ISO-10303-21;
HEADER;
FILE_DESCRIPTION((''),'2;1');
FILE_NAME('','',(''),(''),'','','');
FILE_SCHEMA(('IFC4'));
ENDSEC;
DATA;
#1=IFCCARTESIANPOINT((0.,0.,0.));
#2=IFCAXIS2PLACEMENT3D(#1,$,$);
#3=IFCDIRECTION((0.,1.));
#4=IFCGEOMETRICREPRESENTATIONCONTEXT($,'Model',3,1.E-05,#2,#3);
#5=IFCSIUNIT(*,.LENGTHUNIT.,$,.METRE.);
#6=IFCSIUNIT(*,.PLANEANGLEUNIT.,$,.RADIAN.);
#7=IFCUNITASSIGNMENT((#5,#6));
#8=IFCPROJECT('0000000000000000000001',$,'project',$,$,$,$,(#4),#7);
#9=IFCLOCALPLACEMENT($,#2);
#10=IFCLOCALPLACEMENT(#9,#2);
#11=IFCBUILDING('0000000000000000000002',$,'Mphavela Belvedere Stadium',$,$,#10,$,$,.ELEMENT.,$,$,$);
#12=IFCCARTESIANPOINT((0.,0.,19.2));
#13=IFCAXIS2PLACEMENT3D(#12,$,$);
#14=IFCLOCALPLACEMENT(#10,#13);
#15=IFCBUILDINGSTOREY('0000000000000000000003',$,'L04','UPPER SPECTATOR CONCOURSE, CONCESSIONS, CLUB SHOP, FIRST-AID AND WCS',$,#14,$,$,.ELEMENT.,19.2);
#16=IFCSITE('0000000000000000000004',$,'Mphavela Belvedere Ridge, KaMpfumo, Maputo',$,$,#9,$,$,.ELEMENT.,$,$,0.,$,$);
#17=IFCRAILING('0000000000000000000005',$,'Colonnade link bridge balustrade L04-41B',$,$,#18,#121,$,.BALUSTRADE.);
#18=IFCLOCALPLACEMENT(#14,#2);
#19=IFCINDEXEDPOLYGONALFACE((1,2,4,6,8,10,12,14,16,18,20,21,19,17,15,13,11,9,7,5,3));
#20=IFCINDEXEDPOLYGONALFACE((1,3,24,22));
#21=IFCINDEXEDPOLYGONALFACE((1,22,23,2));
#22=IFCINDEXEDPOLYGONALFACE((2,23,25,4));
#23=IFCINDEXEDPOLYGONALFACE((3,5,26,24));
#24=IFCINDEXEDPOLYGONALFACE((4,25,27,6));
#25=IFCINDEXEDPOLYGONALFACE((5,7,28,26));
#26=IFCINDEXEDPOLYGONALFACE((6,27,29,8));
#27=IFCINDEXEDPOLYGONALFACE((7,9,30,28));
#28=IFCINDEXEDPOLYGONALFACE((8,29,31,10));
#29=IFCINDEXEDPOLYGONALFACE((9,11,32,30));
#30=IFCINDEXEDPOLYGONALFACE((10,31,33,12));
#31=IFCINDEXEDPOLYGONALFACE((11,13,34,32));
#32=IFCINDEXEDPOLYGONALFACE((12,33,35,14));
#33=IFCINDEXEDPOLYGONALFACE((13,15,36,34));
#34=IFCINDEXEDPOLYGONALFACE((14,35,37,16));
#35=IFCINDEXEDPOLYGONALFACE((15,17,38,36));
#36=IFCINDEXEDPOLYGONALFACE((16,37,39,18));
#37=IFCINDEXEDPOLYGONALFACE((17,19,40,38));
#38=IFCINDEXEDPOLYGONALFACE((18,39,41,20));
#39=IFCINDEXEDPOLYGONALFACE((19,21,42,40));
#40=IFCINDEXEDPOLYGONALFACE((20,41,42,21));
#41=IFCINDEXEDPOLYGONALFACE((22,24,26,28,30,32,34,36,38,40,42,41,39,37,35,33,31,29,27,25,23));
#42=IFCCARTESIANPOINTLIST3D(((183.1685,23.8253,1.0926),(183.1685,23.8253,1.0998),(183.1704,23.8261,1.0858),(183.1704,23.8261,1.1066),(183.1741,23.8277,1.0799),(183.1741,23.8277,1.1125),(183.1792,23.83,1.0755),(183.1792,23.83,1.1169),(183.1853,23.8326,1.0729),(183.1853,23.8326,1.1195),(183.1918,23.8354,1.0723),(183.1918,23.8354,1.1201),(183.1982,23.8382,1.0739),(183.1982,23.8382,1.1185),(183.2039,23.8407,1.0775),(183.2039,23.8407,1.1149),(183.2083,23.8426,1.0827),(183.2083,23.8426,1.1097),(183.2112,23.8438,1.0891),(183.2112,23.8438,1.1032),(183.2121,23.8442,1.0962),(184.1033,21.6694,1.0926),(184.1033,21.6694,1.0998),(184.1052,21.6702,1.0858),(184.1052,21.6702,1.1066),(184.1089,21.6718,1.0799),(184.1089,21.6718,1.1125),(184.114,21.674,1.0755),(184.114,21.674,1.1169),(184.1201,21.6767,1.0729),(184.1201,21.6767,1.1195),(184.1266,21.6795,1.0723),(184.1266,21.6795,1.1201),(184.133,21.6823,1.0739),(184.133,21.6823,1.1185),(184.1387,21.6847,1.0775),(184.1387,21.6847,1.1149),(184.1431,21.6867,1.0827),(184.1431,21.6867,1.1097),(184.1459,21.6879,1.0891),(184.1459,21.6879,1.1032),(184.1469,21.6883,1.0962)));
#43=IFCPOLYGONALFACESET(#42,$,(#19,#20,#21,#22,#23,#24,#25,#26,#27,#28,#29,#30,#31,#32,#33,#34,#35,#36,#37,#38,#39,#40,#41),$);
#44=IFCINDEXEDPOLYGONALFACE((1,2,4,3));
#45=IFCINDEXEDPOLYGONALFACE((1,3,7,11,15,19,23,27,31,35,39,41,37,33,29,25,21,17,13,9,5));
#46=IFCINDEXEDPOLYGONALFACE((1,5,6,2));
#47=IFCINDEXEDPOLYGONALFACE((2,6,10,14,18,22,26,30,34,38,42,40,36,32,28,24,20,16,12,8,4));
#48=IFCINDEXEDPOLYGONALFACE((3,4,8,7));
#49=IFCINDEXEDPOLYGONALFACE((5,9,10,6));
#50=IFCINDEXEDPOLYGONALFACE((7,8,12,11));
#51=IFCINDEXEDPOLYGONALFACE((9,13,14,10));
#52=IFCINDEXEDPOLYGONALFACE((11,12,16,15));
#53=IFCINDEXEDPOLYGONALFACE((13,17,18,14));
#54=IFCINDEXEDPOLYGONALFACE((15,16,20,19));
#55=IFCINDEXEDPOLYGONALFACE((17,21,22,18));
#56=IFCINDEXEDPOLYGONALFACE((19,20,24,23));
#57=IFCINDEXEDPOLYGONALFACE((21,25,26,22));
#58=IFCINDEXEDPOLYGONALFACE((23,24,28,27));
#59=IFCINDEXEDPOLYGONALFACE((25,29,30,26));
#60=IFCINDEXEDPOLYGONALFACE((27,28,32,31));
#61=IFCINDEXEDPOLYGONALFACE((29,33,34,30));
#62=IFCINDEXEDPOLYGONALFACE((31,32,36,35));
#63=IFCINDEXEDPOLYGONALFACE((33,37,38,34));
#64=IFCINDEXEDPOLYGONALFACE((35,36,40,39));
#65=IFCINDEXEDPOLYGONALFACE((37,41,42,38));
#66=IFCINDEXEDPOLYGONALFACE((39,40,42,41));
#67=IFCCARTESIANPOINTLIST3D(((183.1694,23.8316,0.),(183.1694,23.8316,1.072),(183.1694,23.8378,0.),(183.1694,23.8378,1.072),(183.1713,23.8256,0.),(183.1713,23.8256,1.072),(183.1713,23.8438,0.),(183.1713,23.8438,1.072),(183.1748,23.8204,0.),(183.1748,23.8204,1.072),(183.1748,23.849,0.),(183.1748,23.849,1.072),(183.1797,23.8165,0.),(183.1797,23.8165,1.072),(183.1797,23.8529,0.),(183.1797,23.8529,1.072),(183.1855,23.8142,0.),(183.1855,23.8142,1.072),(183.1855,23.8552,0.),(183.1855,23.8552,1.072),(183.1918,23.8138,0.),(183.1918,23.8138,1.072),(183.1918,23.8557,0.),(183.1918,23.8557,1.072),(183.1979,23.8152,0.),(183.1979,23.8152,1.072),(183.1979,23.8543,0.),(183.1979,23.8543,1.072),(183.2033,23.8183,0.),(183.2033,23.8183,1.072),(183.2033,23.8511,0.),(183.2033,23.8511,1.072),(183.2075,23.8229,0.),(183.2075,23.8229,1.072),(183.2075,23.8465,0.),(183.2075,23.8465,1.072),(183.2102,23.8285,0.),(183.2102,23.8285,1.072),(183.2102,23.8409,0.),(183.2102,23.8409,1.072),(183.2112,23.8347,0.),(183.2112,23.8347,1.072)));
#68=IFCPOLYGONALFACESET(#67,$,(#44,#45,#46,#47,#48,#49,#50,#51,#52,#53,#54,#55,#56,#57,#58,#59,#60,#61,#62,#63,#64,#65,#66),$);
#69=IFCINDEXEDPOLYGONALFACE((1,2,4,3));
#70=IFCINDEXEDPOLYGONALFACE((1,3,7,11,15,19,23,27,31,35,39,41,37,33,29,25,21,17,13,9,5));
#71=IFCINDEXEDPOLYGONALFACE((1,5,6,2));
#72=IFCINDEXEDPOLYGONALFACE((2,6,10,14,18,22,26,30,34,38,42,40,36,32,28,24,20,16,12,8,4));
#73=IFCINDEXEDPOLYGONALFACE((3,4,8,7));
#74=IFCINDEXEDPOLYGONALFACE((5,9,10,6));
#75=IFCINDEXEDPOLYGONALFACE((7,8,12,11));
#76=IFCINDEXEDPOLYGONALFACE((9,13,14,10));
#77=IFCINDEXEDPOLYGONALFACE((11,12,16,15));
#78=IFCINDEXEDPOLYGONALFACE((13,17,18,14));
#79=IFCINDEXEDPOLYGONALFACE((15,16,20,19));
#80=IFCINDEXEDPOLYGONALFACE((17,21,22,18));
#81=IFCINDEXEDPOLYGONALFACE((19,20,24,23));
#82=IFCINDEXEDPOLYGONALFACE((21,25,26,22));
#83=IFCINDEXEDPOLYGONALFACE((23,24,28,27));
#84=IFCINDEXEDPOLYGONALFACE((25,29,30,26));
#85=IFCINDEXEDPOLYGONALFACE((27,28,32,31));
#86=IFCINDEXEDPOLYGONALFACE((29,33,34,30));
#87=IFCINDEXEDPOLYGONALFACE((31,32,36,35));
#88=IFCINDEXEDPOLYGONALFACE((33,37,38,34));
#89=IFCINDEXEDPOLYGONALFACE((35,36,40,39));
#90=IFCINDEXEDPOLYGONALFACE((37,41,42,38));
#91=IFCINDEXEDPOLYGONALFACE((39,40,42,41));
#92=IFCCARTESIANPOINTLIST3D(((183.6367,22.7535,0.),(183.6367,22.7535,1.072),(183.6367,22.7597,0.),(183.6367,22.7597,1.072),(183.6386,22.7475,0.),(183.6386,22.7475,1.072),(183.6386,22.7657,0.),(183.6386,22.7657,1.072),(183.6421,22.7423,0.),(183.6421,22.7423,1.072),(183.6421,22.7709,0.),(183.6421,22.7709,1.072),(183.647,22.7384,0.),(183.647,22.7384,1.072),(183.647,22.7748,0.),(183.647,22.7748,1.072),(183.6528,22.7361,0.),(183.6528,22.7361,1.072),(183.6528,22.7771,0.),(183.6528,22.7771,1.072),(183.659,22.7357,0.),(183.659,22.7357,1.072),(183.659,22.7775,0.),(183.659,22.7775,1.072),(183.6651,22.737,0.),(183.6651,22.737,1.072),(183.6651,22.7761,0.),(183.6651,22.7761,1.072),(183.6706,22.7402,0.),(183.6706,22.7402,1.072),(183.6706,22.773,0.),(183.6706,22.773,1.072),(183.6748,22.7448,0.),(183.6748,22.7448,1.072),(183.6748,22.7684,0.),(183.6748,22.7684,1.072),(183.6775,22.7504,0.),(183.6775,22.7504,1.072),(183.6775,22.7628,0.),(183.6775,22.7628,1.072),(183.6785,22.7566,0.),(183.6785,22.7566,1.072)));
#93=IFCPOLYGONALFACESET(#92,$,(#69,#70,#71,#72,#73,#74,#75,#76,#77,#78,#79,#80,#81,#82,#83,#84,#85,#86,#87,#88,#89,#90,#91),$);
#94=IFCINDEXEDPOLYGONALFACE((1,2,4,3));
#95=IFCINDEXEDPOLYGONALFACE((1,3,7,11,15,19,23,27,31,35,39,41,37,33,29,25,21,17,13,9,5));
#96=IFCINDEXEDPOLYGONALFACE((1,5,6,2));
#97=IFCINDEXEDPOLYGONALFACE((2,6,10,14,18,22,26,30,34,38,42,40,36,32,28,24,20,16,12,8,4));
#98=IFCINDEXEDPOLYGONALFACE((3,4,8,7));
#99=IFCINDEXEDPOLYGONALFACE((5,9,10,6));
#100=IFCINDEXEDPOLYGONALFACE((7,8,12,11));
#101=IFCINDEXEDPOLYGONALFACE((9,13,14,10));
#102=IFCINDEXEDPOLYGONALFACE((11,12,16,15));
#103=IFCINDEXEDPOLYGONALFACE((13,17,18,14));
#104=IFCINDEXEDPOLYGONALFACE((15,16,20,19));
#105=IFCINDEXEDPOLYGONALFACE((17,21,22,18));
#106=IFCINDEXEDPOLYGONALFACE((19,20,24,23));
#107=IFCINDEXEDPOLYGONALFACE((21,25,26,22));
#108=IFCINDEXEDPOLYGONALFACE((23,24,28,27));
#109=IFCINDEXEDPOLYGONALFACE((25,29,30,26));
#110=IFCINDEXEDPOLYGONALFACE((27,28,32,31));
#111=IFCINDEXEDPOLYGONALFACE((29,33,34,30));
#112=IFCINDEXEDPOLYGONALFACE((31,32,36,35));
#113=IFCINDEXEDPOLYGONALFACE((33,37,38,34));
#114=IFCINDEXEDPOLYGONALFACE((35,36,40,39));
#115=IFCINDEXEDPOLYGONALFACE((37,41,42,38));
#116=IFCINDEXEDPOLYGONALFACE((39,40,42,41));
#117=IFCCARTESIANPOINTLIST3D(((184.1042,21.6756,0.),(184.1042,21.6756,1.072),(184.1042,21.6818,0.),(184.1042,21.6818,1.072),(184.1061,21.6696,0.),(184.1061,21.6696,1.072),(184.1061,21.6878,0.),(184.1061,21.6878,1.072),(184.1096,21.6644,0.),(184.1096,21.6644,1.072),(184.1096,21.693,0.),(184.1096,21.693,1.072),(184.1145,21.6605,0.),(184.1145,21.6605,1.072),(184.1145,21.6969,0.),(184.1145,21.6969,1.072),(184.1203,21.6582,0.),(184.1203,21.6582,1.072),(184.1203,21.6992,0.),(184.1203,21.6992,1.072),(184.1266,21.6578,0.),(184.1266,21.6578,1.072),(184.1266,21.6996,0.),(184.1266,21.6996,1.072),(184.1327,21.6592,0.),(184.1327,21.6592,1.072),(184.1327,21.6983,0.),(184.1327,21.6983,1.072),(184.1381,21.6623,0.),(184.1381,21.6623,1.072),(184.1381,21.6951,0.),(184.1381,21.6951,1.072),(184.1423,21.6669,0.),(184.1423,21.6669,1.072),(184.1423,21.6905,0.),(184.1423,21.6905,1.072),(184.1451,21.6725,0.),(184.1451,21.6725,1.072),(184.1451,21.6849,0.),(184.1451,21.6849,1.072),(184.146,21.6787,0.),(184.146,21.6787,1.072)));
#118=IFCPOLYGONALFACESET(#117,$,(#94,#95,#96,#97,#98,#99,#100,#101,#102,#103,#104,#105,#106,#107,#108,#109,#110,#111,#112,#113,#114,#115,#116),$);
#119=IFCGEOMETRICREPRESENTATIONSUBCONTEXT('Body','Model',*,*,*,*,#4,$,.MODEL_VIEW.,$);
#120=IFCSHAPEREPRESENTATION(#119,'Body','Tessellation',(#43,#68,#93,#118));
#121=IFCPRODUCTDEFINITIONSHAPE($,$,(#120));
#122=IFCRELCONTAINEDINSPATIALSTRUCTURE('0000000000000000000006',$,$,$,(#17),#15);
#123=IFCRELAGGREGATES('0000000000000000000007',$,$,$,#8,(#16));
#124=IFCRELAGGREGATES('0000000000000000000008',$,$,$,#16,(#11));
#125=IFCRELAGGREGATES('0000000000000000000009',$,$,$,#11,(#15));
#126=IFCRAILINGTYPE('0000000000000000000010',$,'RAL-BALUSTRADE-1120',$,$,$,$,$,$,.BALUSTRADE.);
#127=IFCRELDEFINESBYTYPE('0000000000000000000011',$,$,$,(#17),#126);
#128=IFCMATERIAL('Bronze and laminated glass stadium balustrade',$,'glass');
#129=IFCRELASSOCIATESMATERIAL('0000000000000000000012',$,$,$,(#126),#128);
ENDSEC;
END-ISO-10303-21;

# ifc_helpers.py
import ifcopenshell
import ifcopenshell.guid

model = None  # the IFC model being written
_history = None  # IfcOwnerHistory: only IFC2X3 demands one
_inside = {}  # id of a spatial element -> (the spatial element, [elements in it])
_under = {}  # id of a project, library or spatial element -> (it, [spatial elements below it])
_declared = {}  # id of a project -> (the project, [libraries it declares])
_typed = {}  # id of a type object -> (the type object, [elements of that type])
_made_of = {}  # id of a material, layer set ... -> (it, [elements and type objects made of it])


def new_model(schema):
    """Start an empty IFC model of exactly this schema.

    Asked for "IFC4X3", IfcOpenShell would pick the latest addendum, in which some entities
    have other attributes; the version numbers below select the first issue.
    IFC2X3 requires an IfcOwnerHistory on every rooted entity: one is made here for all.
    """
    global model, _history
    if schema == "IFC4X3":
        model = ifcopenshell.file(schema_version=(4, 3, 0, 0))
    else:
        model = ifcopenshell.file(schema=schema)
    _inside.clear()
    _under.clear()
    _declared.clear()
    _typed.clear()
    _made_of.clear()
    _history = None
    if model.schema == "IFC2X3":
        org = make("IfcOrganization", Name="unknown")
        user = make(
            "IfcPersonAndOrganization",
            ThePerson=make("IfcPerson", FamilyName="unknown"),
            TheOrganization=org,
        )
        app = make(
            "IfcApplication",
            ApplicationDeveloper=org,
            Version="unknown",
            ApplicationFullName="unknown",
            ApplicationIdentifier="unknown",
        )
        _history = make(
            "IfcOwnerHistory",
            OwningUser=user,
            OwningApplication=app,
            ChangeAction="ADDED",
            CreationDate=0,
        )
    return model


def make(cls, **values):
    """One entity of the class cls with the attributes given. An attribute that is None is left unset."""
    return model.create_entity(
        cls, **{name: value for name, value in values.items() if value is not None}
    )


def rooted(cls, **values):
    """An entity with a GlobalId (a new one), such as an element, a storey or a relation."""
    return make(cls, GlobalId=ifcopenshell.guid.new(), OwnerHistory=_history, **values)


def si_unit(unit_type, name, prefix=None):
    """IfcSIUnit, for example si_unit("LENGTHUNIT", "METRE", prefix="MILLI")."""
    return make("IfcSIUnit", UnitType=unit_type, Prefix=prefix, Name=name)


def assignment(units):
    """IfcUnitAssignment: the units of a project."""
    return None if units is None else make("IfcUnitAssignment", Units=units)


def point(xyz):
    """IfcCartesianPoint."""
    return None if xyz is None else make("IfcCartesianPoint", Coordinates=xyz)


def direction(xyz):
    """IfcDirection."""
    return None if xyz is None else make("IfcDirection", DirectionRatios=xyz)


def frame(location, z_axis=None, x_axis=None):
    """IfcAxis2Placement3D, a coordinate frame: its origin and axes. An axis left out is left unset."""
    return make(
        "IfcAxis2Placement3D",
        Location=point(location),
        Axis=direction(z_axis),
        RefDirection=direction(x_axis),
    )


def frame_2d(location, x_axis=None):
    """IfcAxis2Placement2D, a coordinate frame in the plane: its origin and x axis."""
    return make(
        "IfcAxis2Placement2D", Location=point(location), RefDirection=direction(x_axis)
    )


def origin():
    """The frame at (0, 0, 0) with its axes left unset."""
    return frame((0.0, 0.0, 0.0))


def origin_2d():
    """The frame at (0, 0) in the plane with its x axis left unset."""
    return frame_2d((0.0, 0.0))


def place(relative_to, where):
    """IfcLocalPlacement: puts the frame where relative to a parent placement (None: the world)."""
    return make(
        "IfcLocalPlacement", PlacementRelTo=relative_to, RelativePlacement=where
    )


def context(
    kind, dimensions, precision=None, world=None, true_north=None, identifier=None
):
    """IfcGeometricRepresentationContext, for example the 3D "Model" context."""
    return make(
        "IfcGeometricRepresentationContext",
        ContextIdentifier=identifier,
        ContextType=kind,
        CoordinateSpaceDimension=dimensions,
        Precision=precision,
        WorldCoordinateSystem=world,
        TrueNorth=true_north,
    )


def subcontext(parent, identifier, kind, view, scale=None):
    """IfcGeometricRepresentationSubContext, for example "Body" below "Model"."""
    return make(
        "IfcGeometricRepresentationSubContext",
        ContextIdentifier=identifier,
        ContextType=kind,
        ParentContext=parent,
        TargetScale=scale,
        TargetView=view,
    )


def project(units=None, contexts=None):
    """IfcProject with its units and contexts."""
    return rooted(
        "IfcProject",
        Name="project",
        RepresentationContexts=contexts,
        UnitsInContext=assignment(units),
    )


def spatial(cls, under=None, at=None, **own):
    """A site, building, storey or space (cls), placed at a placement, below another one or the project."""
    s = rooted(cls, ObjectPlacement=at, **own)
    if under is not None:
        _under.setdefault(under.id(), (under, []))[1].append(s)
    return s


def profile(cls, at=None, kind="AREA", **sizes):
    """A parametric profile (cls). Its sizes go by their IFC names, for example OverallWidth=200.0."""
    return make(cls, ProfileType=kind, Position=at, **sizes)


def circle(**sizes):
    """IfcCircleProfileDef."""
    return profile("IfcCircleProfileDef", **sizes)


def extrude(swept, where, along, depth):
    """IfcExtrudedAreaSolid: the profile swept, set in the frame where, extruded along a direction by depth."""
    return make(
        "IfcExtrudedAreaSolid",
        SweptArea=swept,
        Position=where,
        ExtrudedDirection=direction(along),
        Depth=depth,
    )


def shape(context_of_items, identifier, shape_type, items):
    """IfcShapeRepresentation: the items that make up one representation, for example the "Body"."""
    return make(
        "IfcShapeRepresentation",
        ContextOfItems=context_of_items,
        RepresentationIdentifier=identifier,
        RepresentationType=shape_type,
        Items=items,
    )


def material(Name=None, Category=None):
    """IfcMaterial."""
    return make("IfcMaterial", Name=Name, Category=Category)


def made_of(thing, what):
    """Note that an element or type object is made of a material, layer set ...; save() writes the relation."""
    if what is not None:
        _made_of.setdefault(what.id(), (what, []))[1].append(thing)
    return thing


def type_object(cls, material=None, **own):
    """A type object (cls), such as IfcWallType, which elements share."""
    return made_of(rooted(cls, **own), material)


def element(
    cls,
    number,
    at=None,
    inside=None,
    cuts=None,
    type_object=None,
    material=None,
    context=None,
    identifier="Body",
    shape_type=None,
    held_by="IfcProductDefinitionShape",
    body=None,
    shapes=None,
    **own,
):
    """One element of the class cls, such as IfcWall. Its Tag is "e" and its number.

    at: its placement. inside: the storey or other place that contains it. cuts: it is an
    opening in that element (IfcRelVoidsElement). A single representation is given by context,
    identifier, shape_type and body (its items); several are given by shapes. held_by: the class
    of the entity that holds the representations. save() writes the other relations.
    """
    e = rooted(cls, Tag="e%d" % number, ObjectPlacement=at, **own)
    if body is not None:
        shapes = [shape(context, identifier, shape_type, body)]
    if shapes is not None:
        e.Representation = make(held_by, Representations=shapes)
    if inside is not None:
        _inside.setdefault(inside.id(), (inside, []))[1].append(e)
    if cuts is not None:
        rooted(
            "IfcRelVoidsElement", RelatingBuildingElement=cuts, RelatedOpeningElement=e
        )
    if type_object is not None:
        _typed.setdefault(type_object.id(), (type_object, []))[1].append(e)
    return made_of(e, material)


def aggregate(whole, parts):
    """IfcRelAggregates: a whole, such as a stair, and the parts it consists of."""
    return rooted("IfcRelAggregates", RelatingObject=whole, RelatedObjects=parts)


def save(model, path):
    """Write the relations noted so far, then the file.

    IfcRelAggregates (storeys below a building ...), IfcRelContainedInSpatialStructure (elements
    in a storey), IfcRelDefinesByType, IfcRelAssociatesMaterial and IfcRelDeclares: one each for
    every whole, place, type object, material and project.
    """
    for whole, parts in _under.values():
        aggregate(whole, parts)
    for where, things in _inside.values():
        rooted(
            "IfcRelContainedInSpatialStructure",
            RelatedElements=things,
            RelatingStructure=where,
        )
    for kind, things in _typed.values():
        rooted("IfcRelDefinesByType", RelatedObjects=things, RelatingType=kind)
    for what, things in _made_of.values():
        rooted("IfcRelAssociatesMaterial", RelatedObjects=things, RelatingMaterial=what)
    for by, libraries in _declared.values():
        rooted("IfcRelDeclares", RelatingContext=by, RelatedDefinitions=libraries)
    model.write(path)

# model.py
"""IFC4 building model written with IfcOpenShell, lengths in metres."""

from ifc_helpers import new_model, si_unit, direction, frame, origin, origin_2d, place, context, subcontext, project, spatial, circle, extrude, material, type_object, element, save


model = new_model("IFC4")

# Units and contexts
model_context = context("Model", 3, precision=1e-05, world=origin(), true_north=direction((0.0, 1.0)))
body_context = subcontext(model_context, "Body", "Model", "MODEL_VIEW")
ifc_project = project(units=[si_unit("LENGTHUNIT", "METRE"), si_unit("PLANEANGLEUNIT", "RADIAN")], contexts=[model_context])

# Site, building, storey
site_placement = place(None, origin())
site = spatial("IfcSite", under=ifc_project, at=site_placement, Name="Mphavela Belvedere Ridge, KaMpfumo, Maputo", CompositionType="ELEMENT", RefElevation=0.0)
building_placement = place(site_placement, origin())
building = spatial("IfcBuilding", under=site, at=building_placement, Name="Mphavela Belvedere Stadium", CompositionType="ELEMENT")
storey_placement = place(building_placement, frame((0.0, 0.0, 19.2)))
storey = spatial("IfcBuildingStorey", under=building, at=storey_placement, Name="L04", Description="UPPER SPECTATOR CONCOURSE, CONCESSIONS, CLUB SHOP, FIRST-AID AND WCS", CompositionType="ELEMENT", Elevation=19.2)

# Railing
ifc_material_1 = material(Name="Bronze and laminated glass stadium balustrade", Category="glass")
railing_type = type_object("IfcRailingType", Name="RAL-BALUSTRADE-1120", PredefinedType="BALUSTRADE", material=ifc_material_1)
railing_1_placement = place(storey_placement, frame((183.1902, 23.8347, 0.0)))
element("IfcRailing", 1, at=railing_1_placement, inside=storey, type_object=railing_type, Name="Colonnade link bridge balustrade L04-41B", PredefinedType="BALUSTRADE", context=body_context, shape_type="SweptSolid", body=[
    extrude(circle(Radius=0.0239, at=origin_2d()), frame((0.0, 0.0, 1.0962), z_axis=(0.397803, -0.917471, 0.0), x_axis=(0.917471, 0.397803, 0.0)), (0.0, 0.0, 1.0), 2.3499),
    extrude(circle(Radius=0.021, at=origin_2d()), origin(), (0.0, 0.0, 1.0), 1.072),
    extrude(circle(Radius=0.021, at=origin_2d()), frame((0.4673, -1.0781, 0.0)), (0.0, 0.0, 1.0), 1.072),
    extrude(circle(Radius=0.021, at=origin_2d()), frame((0.9348, -2.156, 0.0)), (0.0, 0.0, 1.0), 1.072),
])

save(model, "model.ifc")
